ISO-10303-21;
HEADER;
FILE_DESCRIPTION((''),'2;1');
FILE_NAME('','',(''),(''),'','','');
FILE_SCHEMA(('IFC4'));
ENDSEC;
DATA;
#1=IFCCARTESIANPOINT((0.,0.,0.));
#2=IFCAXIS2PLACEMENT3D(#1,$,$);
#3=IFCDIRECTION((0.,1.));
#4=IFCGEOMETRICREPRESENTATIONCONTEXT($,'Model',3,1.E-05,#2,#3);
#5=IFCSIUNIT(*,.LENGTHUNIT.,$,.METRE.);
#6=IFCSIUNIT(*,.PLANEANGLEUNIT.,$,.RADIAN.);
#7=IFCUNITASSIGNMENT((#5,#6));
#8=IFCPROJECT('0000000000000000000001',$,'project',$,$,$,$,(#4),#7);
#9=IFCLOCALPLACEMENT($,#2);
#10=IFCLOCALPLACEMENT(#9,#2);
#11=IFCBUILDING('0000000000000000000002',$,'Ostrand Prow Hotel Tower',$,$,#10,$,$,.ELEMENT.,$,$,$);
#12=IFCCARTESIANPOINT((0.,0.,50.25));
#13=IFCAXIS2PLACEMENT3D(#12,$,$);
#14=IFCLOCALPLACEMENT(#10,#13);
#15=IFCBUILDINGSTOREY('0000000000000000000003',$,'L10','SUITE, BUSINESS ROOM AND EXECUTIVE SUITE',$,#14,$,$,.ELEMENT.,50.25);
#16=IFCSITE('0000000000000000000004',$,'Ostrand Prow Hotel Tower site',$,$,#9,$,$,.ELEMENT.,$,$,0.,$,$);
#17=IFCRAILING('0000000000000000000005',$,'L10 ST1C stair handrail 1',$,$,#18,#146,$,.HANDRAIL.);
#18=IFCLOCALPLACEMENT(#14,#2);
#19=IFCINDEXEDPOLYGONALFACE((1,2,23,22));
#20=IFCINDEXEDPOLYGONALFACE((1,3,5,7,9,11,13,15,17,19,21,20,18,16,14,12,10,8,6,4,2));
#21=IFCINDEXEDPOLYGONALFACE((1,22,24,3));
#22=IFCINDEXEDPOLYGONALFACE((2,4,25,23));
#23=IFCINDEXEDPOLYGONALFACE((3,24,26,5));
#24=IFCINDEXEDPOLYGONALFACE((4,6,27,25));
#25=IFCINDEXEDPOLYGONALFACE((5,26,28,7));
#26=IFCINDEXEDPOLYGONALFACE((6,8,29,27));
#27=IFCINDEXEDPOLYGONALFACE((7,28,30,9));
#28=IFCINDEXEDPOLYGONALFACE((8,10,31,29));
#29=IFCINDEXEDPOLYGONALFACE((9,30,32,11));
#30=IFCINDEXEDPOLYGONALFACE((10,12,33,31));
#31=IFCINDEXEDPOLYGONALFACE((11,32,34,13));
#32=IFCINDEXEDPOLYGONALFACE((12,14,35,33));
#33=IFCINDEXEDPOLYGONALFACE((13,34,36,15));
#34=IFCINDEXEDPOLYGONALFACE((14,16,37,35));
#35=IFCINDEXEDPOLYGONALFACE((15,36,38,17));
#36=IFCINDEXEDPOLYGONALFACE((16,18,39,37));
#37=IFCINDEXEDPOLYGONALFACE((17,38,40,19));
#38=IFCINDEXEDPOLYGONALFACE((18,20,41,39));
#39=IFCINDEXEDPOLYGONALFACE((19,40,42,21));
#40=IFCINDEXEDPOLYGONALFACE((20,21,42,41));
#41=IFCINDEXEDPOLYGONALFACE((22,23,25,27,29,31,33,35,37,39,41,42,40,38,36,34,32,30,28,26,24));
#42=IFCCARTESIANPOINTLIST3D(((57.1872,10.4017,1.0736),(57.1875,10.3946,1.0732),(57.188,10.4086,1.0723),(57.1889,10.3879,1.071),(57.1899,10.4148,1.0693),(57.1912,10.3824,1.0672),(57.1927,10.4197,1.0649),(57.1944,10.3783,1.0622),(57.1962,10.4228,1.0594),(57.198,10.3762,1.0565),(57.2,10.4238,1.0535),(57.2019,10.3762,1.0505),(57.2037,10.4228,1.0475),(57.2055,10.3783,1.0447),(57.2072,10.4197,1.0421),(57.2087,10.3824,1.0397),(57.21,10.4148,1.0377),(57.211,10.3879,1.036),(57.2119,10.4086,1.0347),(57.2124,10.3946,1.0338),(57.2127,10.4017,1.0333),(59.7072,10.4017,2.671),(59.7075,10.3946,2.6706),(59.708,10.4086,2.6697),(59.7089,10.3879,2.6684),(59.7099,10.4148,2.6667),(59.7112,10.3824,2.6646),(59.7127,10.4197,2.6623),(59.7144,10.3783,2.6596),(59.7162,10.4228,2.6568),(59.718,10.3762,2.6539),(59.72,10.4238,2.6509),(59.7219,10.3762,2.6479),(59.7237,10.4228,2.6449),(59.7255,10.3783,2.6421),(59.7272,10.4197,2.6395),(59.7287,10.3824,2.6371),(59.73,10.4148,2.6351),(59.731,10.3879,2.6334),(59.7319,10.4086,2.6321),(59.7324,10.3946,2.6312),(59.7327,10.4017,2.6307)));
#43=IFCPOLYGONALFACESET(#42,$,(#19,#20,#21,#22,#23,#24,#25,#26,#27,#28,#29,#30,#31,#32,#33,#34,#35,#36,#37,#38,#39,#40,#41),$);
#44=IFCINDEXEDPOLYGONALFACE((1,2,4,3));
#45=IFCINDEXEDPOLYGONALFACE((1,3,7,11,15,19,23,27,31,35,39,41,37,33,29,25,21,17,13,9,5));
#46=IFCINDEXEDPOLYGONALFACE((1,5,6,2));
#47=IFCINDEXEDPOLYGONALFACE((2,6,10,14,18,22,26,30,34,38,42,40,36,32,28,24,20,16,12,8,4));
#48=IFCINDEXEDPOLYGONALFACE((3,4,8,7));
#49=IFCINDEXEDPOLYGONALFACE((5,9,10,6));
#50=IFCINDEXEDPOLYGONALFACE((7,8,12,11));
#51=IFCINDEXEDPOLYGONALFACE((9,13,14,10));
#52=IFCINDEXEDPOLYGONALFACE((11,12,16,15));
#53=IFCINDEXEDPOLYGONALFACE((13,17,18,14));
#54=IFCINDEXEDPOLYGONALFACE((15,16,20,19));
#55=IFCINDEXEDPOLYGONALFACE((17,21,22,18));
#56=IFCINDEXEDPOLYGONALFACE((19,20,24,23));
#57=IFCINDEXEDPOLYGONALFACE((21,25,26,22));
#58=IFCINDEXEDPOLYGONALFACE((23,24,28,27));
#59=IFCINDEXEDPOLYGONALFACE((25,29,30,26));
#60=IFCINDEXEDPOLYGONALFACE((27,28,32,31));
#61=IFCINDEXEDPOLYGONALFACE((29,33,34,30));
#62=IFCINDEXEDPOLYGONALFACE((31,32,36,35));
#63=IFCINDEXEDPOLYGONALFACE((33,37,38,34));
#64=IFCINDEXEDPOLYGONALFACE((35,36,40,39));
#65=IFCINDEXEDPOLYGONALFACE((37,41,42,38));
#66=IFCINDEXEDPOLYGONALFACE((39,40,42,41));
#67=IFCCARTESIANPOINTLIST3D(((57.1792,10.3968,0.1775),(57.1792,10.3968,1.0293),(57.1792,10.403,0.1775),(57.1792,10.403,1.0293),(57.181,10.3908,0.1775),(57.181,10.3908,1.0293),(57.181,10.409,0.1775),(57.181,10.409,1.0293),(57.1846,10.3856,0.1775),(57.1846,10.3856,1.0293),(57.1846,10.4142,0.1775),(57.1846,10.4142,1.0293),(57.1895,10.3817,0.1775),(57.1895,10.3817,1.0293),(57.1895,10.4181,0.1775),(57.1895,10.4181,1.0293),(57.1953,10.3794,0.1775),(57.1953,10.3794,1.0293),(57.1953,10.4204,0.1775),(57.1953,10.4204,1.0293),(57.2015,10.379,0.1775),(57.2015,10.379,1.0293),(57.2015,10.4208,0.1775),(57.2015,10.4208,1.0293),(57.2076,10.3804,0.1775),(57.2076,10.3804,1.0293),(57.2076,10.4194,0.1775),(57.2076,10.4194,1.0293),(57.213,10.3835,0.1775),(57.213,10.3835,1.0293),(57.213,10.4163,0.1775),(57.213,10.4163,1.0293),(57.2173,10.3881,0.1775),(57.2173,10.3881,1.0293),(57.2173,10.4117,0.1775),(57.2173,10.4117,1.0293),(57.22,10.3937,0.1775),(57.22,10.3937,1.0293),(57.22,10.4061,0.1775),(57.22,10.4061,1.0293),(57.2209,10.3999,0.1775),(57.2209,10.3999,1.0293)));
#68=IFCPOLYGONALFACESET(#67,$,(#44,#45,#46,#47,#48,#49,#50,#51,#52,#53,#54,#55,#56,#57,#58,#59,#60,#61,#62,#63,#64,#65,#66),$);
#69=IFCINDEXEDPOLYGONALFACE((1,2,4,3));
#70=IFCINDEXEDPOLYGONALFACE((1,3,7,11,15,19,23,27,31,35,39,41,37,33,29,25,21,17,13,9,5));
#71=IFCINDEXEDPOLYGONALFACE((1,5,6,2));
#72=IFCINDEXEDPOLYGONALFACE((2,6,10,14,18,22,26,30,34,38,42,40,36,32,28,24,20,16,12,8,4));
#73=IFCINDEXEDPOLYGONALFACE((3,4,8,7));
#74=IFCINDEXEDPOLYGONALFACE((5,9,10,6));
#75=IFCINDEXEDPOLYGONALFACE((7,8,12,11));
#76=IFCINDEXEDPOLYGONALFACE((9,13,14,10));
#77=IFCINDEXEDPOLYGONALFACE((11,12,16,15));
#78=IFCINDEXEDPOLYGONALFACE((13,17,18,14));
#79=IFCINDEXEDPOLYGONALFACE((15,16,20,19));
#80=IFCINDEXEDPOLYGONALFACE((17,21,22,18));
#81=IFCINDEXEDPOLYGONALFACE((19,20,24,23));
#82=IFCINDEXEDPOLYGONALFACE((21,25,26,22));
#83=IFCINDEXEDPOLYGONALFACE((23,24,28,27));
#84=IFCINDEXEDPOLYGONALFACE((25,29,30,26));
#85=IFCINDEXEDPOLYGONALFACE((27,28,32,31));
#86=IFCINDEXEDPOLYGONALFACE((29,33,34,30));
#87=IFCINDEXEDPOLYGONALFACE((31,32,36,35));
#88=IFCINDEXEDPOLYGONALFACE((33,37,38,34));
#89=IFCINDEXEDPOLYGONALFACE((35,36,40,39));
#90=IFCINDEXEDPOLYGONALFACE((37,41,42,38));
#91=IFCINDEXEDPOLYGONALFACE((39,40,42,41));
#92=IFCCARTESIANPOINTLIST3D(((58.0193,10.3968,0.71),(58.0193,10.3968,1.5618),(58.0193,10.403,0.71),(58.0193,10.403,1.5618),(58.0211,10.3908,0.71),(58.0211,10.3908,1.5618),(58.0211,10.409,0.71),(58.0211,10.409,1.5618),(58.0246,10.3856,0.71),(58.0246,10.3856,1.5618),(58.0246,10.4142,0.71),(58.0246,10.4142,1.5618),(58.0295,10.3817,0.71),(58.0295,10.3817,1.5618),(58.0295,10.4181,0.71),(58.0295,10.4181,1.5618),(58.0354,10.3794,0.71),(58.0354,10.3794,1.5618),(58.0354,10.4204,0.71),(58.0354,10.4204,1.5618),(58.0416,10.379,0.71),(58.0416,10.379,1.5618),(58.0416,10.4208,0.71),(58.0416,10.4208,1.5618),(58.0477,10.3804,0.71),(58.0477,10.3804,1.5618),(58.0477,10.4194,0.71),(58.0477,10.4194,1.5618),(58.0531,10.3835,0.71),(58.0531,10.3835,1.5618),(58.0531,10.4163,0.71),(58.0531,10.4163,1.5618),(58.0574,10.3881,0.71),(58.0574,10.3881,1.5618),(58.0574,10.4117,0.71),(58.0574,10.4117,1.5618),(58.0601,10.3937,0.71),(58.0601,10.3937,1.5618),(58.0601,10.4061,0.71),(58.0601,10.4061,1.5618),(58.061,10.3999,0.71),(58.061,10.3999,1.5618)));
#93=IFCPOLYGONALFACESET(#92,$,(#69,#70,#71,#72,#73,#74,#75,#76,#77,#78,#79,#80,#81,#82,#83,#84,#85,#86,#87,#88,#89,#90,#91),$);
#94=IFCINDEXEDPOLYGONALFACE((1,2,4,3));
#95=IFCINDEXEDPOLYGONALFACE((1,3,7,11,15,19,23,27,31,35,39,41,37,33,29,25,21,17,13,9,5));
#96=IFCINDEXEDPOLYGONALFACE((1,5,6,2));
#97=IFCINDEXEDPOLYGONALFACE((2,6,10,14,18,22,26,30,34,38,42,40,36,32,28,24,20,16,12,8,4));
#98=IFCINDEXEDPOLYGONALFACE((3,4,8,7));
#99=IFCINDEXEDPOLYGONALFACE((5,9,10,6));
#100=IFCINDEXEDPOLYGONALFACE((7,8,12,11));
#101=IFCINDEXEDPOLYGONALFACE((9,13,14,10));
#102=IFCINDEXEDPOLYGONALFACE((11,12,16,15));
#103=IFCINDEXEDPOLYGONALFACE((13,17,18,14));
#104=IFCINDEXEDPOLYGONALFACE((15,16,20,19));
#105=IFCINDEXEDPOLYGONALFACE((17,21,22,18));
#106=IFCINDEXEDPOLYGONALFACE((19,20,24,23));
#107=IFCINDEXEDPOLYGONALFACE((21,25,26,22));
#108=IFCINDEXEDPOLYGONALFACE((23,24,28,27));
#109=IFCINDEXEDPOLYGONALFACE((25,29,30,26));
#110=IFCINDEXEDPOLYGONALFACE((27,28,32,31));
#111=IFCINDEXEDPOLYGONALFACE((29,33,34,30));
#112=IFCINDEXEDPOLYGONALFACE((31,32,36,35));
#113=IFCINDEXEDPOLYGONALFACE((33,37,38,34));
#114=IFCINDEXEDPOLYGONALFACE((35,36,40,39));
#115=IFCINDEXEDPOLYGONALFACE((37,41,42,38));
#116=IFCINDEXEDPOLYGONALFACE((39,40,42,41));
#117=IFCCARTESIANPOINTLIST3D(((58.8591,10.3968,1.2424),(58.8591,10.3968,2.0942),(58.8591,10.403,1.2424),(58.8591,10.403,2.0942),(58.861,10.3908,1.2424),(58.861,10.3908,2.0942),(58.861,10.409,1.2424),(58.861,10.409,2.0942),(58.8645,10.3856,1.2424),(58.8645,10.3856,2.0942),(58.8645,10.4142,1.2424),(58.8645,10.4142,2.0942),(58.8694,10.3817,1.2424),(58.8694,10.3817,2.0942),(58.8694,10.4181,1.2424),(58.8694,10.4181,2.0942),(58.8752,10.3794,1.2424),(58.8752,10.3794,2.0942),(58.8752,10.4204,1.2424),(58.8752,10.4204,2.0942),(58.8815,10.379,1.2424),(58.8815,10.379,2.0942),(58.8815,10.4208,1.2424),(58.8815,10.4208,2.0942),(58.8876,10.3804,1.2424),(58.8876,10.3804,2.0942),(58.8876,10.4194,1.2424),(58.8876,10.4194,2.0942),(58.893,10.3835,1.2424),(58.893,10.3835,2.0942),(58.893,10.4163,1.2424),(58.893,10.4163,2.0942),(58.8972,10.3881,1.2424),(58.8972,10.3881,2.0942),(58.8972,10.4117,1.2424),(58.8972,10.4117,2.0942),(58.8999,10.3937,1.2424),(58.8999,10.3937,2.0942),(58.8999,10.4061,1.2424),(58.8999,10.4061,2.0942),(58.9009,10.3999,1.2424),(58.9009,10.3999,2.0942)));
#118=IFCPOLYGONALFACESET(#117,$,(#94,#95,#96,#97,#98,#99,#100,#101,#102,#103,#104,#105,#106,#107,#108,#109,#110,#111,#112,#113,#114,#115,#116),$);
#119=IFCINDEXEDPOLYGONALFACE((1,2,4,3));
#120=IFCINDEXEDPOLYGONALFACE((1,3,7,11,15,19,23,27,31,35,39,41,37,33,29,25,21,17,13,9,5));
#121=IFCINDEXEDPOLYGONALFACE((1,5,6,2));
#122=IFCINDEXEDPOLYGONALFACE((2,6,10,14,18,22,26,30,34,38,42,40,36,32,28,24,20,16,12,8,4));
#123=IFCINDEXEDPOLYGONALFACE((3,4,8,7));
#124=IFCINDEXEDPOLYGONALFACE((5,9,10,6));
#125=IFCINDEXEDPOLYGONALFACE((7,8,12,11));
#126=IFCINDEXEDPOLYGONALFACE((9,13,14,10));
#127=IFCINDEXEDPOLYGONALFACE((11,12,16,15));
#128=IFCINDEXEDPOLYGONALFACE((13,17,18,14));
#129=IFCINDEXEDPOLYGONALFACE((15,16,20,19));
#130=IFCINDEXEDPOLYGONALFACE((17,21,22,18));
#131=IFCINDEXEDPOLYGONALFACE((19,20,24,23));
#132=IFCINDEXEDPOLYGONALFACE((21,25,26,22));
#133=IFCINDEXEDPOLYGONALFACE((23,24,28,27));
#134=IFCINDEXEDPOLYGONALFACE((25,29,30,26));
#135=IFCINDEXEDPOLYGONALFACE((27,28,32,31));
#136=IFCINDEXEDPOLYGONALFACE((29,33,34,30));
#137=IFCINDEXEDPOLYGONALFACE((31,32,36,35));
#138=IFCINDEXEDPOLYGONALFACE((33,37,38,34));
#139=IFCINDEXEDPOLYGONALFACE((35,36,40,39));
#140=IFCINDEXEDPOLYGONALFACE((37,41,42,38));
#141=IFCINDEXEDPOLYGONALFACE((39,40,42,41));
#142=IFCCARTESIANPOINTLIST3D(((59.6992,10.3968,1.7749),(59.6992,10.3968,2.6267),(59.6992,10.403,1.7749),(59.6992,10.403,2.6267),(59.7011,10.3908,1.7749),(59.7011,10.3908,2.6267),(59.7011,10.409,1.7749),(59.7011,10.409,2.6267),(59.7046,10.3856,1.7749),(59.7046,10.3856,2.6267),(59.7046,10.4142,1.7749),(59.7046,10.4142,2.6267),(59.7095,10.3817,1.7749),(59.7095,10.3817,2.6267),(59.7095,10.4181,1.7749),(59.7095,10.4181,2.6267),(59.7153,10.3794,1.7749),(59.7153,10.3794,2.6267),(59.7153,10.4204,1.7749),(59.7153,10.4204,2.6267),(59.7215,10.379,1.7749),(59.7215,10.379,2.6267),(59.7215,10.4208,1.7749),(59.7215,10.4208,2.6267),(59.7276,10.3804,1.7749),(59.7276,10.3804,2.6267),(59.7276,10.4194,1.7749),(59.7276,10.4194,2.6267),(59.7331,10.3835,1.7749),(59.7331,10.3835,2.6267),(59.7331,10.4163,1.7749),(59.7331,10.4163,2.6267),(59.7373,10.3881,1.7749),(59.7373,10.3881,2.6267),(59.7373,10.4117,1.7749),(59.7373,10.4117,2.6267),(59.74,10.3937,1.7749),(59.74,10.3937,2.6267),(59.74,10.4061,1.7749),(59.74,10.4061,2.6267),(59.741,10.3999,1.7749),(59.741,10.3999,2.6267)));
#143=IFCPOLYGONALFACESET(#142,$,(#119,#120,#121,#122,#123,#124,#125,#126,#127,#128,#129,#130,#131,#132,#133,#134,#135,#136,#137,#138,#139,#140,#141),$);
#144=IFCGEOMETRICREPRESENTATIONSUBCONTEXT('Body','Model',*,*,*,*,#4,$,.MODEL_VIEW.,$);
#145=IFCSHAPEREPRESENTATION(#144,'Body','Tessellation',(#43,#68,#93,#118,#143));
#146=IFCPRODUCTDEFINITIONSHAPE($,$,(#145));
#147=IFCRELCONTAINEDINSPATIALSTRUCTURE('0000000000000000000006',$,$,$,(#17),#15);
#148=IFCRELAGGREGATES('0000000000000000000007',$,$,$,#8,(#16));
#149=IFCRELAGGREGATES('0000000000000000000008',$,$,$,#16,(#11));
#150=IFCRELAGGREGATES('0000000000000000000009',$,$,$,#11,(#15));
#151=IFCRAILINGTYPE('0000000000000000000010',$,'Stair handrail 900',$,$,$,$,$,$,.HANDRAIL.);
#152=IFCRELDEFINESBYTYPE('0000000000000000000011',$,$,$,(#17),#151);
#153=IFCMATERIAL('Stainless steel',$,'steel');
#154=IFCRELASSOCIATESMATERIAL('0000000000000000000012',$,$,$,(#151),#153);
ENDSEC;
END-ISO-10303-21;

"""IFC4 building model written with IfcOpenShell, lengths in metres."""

from ifc_helpers import new_model, si_unit, direction, frame, origin, origin_2d, place, context, subcontext, project, spatial, circle, extrude, material, type_object, element, save


model = new_model("IFC4")

# Units and contexts
model_context = context("Model", 3, precision=1e-05, world=origin(), true_north=direction((0.0, 1.0)))
body_context = subcontext(model_context, "Body", "Model", "MODEL_VIEW")
ifc_project = project(units=[si_unit("LENGTHUNIT", "METRE"), si_unit("PLANEANGLEUNIT", "RADIAN")], contexts=[model_context])

# Site, building, storey
site_placement = place(None, origin())
site = spatial("IfcSite", under=ifc_project, at=site_placement, Name="Ostrand Prow Hotel Tower site", CompositionType="ELEMENT", RefElevation=0.0)
building_placement = place(site_placement, origin())
building = spatial("IfcBuilding", under=site, at=building_placement, Name="Ostrand Prow Hotel Tower", CompositionType="ELEMENT")
storey_placement = place(building_placement, frame((0.0, 0.0, 50.25)))
storey = spatial("IfcBuildingStorey", under=building, at=storey_placement, Name="L10", Description="SUITE, BUSINESS ROOM AND EXECUTIVE SUITE", CompositionType="ELEMENT", Elevation=50.25)

# Railing
ifc_material_1 = material(Name="Stainless steel", Category="steel")
railing_type_1 = type_object("IfcRailingType", Name="Stair handrail 900", PredefinedType="HANDRAIL", material=ifc_material_1)
railing_1_placement = place(storey_placement, frame((57.2, 10.3999, 0.1775)))
element("IfcRailing", 1, at=railing_1_placement, inside=storey, type_object=railing_type_1, Name="L10 ST1C stair handrail 1", PredefinedType="HANDRAIL", context=body_context, shape_type="SweptSolid", body=[
    extrude(circle(Radius=0.0239, at=origin_2d()), frame((0.0, 0.0, 0.876), z_axis=(0.844607, 0.0, 0.535387), x_axis=(0.0, 1.0, 0.0)), (0.0, 0.0, 1.0), 2.9836),
    extrude(circle(Radius=0.021, at=origin_2d()), origin(), (0.0, 0.0, 1.0), 0.8518),
    extrude(circle(Radius=0.021, at=origin_2d()), frame((0.8401, 0.0, 0.5325)), (0.0, 0.0, 1.0), 0.8518),
    extrude(circle(Radius=0.021, at=origin_2d()), frame((1.6799, 0.0, 1.0649)), (0.0, 0.0, 1.0), 0.8518),
    extrude(circle(Radius=0.021, at=origin_2d()), frame((2.52, 0.0, 1.5974)), (0.0, 0.0, 1.0), 0.8518),
])

save(model, "model.ifc")
